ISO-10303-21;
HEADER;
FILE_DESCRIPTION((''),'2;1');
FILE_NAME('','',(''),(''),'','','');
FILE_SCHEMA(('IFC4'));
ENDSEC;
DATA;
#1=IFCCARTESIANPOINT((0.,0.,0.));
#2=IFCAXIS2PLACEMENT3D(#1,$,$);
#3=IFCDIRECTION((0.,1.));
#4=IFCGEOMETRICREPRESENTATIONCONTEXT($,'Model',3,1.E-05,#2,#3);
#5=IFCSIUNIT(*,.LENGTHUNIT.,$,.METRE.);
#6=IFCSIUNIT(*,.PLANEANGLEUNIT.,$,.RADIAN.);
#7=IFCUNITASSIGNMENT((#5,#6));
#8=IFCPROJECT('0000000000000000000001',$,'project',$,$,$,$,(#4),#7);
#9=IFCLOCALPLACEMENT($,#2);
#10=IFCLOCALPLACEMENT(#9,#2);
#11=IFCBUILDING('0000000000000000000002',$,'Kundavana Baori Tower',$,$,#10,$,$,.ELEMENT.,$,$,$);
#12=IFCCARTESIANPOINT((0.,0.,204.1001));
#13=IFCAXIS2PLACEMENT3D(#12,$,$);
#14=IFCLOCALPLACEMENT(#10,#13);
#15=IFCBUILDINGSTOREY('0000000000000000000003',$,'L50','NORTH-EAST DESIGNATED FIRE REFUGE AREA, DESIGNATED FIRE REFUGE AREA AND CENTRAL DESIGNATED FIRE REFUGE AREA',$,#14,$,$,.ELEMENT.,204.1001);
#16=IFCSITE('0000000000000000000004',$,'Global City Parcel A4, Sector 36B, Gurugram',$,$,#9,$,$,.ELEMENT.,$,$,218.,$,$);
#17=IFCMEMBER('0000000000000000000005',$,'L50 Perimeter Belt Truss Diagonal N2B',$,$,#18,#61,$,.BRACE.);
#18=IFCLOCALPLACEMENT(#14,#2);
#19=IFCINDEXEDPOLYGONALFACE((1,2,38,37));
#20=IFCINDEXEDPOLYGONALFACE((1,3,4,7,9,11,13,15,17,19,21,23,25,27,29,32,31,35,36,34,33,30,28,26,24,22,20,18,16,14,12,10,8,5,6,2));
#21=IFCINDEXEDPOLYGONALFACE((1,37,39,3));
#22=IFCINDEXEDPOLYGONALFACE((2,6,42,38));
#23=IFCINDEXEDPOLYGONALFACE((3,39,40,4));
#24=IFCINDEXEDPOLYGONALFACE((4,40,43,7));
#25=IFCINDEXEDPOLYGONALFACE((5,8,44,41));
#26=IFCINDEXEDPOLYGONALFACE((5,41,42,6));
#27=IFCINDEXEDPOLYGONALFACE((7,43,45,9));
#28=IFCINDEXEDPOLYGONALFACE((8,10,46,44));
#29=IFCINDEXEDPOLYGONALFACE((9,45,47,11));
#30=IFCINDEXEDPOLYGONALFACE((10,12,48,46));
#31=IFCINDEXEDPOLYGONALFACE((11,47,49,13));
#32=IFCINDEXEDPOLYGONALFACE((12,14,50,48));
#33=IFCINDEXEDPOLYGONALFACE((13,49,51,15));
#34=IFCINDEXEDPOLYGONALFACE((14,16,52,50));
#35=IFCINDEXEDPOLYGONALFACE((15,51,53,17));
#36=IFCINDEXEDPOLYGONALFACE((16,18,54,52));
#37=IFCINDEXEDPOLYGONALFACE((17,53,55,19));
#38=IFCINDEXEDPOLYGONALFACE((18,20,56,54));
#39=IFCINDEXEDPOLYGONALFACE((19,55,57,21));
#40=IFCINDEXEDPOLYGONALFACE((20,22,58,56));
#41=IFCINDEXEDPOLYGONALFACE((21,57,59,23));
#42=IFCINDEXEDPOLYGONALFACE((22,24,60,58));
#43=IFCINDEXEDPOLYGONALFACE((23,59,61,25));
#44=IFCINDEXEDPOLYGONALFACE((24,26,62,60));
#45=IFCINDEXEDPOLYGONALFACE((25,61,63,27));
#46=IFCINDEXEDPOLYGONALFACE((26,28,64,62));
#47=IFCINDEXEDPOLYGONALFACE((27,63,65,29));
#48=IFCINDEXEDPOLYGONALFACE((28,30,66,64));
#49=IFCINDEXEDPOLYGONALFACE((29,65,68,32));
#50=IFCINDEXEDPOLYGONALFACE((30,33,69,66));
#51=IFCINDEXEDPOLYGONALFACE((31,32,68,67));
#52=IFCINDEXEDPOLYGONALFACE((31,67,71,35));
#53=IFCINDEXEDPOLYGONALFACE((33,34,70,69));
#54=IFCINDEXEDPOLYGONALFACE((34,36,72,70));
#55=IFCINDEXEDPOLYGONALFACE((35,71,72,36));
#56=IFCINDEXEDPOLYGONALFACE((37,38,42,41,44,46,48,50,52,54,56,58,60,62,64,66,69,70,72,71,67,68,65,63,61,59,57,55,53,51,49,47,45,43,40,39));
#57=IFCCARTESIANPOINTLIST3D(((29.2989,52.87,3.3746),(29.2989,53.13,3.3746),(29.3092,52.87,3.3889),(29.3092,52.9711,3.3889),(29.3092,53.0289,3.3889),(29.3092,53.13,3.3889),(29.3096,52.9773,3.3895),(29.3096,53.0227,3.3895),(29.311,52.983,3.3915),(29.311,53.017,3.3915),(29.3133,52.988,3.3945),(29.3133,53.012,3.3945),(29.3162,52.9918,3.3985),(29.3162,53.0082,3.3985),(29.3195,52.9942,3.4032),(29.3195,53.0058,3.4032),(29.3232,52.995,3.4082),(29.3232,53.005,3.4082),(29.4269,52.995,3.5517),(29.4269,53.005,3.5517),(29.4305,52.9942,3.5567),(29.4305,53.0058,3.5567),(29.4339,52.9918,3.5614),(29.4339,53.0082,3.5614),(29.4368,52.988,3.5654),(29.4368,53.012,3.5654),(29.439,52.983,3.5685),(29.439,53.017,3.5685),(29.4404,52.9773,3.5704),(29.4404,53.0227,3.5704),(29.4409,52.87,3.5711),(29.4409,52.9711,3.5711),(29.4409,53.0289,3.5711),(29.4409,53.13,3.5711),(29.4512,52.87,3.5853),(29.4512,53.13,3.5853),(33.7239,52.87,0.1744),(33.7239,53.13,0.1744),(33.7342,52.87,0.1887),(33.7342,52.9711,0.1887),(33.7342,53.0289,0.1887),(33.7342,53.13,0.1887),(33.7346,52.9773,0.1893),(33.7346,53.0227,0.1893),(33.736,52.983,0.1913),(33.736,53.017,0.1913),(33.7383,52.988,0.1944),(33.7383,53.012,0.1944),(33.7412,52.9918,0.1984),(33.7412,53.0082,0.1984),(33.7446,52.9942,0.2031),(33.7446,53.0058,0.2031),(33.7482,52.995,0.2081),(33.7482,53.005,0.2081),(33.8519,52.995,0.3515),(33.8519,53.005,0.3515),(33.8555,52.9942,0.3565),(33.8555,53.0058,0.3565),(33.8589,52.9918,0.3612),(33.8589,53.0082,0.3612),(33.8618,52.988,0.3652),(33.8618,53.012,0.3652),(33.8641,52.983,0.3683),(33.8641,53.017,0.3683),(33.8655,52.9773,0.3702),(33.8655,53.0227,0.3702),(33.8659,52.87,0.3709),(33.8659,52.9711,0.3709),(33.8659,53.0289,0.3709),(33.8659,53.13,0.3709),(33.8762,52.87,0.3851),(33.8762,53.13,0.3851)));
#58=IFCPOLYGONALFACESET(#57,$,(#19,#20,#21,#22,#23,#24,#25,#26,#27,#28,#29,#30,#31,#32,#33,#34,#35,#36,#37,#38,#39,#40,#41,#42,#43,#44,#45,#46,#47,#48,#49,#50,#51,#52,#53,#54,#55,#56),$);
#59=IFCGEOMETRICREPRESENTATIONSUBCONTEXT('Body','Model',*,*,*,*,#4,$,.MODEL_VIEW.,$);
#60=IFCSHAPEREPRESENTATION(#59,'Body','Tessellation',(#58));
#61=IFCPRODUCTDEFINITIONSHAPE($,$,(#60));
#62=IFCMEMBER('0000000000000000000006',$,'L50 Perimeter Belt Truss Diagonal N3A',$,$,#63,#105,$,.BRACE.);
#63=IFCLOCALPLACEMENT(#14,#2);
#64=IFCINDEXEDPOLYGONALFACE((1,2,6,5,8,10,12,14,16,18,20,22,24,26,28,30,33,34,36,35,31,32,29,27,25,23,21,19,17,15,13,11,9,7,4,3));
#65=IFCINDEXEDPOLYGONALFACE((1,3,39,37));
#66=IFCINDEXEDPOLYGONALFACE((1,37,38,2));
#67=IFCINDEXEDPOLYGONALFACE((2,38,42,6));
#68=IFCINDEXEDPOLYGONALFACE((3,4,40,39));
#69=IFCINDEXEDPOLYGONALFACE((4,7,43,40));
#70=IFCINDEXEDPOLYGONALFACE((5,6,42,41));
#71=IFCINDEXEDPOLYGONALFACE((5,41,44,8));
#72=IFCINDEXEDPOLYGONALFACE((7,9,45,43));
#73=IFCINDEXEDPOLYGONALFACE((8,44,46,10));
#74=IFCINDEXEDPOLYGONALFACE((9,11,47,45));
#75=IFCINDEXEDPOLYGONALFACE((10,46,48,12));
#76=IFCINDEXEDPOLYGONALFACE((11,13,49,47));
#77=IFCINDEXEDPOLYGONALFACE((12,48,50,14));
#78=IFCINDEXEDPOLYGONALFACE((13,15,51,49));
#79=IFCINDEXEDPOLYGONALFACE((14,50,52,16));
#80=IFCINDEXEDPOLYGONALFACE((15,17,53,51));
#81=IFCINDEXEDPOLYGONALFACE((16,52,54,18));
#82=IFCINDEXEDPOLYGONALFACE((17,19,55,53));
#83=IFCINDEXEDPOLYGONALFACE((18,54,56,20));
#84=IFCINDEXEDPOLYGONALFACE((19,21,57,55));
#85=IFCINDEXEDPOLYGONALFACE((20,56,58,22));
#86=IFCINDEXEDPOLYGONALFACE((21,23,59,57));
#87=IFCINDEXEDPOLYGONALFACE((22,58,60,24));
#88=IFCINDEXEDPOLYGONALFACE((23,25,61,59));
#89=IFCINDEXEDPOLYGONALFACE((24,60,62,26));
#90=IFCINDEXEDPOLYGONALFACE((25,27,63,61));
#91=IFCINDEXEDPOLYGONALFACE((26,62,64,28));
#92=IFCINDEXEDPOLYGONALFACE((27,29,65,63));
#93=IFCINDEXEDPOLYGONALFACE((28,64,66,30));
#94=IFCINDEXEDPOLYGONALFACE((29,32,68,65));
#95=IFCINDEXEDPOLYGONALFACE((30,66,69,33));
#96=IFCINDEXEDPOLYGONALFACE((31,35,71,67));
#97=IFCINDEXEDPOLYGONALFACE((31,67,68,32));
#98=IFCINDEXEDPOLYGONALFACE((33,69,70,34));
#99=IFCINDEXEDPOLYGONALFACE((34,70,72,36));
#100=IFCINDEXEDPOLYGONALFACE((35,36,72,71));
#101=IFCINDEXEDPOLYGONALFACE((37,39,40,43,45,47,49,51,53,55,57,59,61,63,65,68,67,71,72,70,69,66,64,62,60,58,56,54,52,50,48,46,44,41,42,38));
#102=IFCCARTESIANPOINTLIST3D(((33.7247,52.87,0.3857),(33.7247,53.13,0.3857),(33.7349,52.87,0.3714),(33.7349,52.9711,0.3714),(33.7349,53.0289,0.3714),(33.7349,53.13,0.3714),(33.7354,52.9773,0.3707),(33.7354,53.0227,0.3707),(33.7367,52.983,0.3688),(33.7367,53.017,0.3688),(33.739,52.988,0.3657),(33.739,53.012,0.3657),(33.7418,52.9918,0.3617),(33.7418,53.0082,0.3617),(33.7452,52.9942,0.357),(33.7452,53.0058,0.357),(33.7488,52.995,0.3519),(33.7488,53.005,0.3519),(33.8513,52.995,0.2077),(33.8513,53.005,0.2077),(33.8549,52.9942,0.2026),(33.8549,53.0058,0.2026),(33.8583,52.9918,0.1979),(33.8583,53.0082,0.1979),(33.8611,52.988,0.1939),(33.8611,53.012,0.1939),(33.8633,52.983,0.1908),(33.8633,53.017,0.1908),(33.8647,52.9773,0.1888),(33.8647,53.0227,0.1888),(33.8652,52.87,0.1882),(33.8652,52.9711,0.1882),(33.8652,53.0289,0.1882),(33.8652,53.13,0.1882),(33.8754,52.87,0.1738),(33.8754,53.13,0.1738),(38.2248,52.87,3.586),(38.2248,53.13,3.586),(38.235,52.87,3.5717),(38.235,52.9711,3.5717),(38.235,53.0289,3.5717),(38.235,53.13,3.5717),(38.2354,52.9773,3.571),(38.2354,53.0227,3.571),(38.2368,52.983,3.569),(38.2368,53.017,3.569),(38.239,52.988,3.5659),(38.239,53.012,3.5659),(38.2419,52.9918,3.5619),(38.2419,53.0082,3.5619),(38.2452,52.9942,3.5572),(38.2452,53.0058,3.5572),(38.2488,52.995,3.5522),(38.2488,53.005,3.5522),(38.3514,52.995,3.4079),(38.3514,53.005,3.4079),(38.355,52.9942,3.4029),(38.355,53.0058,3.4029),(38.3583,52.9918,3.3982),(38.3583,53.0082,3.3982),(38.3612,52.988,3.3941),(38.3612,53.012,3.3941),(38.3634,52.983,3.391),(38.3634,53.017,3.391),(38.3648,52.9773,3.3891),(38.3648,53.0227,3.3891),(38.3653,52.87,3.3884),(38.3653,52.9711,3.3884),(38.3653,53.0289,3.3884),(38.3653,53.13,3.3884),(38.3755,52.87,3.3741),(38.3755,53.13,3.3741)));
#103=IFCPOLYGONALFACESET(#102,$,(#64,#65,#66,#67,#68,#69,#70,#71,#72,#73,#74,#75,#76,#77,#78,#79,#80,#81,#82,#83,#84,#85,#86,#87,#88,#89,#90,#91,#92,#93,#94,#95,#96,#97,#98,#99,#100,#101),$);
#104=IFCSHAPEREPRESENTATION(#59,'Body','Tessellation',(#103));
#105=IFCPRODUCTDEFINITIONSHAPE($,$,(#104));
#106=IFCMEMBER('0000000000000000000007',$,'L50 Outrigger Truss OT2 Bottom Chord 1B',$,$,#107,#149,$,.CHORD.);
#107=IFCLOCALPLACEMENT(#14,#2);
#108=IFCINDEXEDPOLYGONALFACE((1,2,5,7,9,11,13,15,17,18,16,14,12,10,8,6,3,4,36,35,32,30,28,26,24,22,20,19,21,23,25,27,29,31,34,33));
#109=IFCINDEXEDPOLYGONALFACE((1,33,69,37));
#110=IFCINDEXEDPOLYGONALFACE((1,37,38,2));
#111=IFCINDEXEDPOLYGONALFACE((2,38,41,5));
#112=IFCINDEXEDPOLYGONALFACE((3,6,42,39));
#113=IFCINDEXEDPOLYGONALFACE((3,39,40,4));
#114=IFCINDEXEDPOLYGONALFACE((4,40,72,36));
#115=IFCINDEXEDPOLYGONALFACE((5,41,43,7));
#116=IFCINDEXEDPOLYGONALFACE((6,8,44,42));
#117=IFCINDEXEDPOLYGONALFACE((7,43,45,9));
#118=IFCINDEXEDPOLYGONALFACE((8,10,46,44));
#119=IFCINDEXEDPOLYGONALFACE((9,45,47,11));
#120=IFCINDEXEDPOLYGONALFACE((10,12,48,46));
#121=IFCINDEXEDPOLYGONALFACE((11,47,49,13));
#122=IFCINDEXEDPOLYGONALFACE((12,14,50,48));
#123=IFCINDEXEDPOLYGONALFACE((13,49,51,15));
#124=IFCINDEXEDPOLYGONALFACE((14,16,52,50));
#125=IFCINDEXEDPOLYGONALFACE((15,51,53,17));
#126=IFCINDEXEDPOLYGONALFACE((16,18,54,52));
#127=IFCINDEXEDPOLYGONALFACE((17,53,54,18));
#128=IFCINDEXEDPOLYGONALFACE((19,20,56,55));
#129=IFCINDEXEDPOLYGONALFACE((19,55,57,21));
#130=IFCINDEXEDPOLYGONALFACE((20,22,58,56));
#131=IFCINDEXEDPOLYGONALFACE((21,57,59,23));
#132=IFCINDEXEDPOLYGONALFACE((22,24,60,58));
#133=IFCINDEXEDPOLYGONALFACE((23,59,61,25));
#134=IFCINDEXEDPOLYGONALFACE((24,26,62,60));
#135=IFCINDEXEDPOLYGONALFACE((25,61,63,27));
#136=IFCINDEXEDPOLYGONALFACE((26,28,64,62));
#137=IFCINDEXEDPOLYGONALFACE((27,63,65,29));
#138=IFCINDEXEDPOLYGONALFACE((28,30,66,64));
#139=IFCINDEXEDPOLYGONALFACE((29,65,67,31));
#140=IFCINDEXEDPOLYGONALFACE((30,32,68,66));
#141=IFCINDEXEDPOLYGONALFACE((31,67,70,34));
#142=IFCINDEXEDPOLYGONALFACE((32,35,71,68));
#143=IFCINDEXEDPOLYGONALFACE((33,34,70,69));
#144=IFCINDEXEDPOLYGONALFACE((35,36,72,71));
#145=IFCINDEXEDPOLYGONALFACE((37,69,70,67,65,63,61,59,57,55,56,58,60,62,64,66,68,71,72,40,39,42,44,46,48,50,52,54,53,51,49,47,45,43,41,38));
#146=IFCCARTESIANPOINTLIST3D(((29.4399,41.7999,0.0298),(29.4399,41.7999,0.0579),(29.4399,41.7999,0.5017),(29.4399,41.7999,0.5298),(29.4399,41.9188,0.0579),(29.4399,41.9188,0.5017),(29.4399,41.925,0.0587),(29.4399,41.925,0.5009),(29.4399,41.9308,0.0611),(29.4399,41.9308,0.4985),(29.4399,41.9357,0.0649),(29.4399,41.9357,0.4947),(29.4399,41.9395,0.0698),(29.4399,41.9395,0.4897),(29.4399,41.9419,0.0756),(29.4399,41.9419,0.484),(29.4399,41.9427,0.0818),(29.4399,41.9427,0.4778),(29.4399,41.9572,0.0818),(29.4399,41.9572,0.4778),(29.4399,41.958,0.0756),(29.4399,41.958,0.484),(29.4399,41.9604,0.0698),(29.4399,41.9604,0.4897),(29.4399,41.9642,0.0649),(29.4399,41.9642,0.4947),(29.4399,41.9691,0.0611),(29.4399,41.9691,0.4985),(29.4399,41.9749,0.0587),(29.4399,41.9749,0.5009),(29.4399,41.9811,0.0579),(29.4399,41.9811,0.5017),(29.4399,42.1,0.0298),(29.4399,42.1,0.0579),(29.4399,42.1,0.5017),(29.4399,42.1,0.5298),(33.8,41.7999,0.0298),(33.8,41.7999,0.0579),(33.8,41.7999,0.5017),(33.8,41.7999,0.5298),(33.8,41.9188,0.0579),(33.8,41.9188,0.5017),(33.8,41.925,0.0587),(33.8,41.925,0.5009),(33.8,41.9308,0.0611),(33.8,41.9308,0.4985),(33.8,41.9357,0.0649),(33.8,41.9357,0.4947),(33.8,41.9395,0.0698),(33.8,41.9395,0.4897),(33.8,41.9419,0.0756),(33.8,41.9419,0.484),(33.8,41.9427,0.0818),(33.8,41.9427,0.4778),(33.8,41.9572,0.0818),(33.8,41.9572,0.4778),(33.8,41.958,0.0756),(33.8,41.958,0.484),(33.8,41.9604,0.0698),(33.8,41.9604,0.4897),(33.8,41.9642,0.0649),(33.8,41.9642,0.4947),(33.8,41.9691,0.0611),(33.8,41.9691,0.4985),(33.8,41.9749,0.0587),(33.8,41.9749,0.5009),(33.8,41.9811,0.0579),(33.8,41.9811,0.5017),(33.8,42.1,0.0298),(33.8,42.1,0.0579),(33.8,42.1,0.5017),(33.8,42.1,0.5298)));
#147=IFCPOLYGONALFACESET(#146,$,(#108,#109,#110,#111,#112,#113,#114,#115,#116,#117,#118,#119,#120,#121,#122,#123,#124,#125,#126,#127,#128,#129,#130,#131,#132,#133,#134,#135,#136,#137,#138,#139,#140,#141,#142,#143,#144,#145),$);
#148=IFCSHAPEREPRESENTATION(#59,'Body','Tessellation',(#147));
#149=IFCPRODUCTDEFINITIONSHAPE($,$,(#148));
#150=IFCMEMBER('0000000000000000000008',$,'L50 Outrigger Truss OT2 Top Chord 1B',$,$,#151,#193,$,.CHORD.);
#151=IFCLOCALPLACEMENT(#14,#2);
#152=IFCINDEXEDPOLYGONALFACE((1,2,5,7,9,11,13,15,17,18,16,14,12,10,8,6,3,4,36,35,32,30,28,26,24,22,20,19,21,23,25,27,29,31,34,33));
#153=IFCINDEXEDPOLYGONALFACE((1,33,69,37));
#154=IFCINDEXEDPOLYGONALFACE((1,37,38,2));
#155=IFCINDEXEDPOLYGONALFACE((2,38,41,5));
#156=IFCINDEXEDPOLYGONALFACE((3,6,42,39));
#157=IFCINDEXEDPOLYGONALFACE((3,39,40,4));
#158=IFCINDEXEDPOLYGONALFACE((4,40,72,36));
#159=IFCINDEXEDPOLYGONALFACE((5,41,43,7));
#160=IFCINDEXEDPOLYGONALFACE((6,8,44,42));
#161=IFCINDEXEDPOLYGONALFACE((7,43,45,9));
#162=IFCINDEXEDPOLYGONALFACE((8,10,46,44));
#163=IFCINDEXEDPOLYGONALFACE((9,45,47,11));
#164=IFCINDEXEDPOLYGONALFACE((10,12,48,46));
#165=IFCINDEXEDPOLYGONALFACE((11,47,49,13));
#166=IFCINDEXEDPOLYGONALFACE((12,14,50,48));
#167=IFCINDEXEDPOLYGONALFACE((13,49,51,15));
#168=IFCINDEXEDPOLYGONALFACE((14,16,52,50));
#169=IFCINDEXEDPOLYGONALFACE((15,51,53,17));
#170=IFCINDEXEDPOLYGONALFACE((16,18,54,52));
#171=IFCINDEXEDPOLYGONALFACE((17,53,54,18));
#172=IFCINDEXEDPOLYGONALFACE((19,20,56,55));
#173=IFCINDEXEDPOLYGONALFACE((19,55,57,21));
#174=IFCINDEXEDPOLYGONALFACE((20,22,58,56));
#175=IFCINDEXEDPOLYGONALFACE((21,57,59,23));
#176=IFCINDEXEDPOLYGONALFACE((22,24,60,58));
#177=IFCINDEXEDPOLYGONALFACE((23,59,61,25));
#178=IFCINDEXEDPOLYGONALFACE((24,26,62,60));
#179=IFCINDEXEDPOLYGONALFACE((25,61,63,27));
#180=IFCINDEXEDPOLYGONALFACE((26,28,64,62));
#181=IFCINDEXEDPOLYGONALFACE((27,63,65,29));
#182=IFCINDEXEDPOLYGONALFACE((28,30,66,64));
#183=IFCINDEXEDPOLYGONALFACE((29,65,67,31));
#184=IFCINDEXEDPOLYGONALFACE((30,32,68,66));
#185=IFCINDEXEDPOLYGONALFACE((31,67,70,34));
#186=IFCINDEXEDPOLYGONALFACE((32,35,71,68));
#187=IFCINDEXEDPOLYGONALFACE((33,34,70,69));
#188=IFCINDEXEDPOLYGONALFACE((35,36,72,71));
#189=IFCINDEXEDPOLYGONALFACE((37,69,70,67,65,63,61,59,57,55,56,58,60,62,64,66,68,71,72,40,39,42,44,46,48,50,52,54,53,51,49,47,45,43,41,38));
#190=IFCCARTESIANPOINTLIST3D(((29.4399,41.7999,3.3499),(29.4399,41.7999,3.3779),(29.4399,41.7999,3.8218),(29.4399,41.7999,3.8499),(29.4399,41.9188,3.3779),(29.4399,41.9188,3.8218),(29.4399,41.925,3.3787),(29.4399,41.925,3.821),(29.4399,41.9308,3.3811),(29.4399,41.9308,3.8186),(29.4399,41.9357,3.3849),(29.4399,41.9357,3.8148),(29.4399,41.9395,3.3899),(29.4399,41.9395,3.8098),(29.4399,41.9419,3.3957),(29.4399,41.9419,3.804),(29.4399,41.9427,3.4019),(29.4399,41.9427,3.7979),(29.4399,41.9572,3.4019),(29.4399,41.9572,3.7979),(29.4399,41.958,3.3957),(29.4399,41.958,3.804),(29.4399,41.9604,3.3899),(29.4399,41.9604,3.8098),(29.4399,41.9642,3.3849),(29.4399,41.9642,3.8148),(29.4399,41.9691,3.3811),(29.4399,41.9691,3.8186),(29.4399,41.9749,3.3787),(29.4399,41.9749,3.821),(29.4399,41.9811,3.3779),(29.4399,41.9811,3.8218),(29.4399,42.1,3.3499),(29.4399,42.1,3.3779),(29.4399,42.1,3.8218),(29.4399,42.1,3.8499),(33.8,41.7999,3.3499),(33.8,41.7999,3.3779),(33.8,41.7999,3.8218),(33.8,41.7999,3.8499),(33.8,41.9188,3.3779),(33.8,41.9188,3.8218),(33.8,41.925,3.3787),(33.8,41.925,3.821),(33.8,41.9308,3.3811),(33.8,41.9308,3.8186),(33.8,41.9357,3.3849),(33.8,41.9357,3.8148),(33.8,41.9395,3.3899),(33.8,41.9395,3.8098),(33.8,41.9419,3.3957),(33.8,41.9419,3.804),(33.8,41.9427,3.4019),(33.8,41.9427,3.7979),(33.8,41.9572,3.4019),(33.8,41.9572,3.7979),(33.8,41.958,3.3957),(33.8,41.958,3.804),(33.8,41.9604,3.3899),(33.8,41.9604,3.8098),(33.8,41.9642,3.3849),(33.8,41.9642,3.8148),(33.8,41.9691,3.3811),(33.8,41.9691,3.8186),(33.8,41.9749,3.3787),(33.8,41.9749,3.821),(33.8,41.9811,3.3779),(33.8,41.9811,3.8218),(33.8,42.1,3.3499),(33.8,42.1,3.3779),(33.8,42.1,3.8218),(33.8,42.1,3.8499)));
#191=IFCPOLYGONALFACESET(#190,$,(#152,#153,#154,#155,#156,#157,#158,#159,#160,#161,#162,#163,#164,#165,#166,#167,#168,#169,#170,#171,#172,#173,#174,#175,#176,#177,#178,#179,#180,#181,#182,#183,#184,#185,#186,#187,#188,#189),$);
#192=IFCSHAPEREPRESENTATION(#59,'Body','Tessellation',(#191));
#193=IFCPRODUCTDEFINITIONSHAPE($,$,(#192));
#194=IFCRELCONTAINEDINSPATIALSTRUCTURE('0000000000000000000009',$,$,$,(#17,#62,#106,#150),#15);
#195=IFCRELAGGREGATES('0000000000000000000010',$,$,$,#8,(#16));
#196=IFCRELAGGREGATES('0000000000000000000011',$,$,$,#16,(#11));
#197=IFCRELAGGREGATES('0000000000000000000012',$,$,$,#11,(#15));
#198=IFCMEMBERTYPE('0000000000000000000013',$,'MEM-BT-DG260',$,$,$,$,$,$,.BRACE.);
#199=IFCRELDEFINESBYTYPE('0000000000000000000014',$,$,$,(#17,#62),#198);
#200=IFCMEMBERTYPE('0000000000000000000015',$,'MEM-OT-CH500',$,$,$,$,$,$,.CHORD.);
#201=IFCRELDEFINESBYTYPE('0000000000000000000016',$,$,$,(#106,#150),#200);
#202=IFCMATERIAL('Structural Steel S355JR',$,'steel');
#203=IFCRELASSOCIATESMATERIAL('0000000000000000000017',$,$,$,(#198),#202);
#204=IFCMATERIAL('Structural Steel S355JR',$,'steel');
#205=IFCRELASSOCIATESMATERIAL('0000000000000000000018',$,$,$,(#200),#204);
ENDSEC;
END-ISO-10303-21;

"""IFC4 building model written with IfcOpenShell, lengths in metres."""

from ifc_helpers import new_model, si_unit, direction, frame, origin, origin_2d, place, context, subcontext, project, spatial, i_section, extrude, material, material_profile, profile_set, type_object, element, save


model = new_model("IFC4")

# Units and contexts
model_context = context("Model", 3, precision=1e-05, world=origin(), true_north=direction((0.0, 1.0)))
body_context = subcontext(model_context, "Body", "Model", "MODEL_VIEW")
ifc_project = project(units=[si_unit("LENGTHUNIT", "METRE"), si_unit("PLANEANGLEUNIT", "RADIAN")], contexts=[model_context])

# Site, building, storey
site_placement = place(None, origin())
site = spatial("IfcSite", under=ifc_project, at=site_placement, Name="Global City Parcel A4, Sector 36B, Gurugram", CompositionType="ELEMENT", RefElevation=218.0)
building_placement = place(site_placement, origin())
building = spatial("IfcBuilding", under=site, at=building_placement, Name="Kundavana Baori Tower", CompositionType="ELEMENT")
storey_placement = place(building_placement, frame((0.0, 0.0, 204.1001)))
storey = spatial("IfcBuildingStorey", under=building, at=storey_placement, Name="L50", Description="NORTH-EAST DESIGNATED FIRE REFUGE AREA, DESIGNATED FIRE REFUGE AREA AND CENTRAL DESIGNATED FIRE REFUGE AREA", CompositionType="ELEMENT", Elevation=204.1001)

# Members
ifc_material_1 = material(Name="Structural Steel S355JR", Category="steel")
ifc_material_profile_1 = material_profile(ifc_material_1, i_section(OverallWidth=0.26, OverallDepth=0.26, WebThickness=0.01, FlangeThickness=0.0176, FilletRadius=0.0239, at=origin_2d()), Name="WPB 260x260x93")
ifc_profile_set_1 = profile_set([ifc_material_profile_1], Name="Structural Steel S355JR")
member_type_1 = type_object("IfcMemberType", Name="MEM-BT-DG260", PredefinedType="BRACE", material=ifc_profile_set_1)
member_1_placement = place(storey_placement, frame((33.8, 53.0, 0.2798), z_axis=(-0.810303, 0.0, 0.586011), x_axis=(0.0, -1.0, 0.0)))
element("IfcMember", 1, at=member_1_placement, inside=storey, type_object=member_type_1, Name="L50 Perimeter Belt Truss Diagonal N2B", PredefinedType="BRACE", context=body_context, shape_type="SweptSolid", body=[
    extrude(i_section(OverallWidth=0.26, OverallDepth=0.26, WebThickness=0.01, FlangeThickness=0.0176, FilletRadius=0.0239, at=origin_2d()), origin(), (0.0, 0.0, 1.0), 5.4609),
])
member_2_placement = place(storey_placement, frame((33.8, 53.0, 0.2798), z_axis=(0.814939, 0.0, 0.579547), x_axis=(0.0, 1.0, 0.0)))
element("IfcMember", 2, at=member_2_placement, inside=storey, type_object=member_type_1, Name="L50 Perimeter Belt Truss Diagonal N3A", PredefinedType="BRACE", context=body_context, shape_type="SweptSolid", body=[
    extrude(i_section(OverallWidth=0.26, OverallDepth=0.26, WebThickness=0.01, FlangeThickness=0.0176, FilletRadius=0.0239, at=origin_2d()), origin(), (0.0, 0.0, 1.0), 5.522),
])
ifc_material_2 = material(Name="Structural Steel S355JR", Category="steel")
ifc_material_profile_2 = material_profile(ifc_material_2, i_section(OverallWidth=0.3, OverallDepth=0.5, WebThickness=0.0144, FlangeThickness=0.0281, FilletRadius=0.0239, at=origin_2d()), Name="WPB 500x300x155")
ifc_profile_set_2 = profile_set([ifc_material_profile_2], Name="Structural Steel S355JR")
member_type_2 = type_object("IfcMemberType", Name="MEM-OT-CH500", PredefinedType="CHORD", material=ifc_profile_set_2)
for number, where, z_axis, x_axis, name in (
    (3, (29.4399, 41.95, 0.2798), (1.0, 0.0, 0.0), (0.0, 1.0, 0.0), "L50 Outrigger Truss OT2 Bottom Chord 1B"),
    (4, (29.4399, 41.95, 3.5999), (1.0, 0.0, 0.0), (0.0, 1.0, 0.0), "L50 Outrigger Truss OT2 Top Chord 1B"),
):
    element("IfcMember", number, at=place(storey_placement, frame(where, z_axis=z_axis, x_axis=x_axis)), inside=storey, type_object=member_type_2, Name=name, PredefinedType="CHORD", context=body_context, shape_type="SweptSolid", body=[
        extrude(i_section(OverallWidth=0.3, OverallDepth=0.5, WebThickness=0.0144, FlangeThickness=0.0281, FilletRadius=0.0239, at=origin_2d()), origin(), (0.0, 0.0, 1.0), 4.3601),
    ])

save(model, "model.ifc")
